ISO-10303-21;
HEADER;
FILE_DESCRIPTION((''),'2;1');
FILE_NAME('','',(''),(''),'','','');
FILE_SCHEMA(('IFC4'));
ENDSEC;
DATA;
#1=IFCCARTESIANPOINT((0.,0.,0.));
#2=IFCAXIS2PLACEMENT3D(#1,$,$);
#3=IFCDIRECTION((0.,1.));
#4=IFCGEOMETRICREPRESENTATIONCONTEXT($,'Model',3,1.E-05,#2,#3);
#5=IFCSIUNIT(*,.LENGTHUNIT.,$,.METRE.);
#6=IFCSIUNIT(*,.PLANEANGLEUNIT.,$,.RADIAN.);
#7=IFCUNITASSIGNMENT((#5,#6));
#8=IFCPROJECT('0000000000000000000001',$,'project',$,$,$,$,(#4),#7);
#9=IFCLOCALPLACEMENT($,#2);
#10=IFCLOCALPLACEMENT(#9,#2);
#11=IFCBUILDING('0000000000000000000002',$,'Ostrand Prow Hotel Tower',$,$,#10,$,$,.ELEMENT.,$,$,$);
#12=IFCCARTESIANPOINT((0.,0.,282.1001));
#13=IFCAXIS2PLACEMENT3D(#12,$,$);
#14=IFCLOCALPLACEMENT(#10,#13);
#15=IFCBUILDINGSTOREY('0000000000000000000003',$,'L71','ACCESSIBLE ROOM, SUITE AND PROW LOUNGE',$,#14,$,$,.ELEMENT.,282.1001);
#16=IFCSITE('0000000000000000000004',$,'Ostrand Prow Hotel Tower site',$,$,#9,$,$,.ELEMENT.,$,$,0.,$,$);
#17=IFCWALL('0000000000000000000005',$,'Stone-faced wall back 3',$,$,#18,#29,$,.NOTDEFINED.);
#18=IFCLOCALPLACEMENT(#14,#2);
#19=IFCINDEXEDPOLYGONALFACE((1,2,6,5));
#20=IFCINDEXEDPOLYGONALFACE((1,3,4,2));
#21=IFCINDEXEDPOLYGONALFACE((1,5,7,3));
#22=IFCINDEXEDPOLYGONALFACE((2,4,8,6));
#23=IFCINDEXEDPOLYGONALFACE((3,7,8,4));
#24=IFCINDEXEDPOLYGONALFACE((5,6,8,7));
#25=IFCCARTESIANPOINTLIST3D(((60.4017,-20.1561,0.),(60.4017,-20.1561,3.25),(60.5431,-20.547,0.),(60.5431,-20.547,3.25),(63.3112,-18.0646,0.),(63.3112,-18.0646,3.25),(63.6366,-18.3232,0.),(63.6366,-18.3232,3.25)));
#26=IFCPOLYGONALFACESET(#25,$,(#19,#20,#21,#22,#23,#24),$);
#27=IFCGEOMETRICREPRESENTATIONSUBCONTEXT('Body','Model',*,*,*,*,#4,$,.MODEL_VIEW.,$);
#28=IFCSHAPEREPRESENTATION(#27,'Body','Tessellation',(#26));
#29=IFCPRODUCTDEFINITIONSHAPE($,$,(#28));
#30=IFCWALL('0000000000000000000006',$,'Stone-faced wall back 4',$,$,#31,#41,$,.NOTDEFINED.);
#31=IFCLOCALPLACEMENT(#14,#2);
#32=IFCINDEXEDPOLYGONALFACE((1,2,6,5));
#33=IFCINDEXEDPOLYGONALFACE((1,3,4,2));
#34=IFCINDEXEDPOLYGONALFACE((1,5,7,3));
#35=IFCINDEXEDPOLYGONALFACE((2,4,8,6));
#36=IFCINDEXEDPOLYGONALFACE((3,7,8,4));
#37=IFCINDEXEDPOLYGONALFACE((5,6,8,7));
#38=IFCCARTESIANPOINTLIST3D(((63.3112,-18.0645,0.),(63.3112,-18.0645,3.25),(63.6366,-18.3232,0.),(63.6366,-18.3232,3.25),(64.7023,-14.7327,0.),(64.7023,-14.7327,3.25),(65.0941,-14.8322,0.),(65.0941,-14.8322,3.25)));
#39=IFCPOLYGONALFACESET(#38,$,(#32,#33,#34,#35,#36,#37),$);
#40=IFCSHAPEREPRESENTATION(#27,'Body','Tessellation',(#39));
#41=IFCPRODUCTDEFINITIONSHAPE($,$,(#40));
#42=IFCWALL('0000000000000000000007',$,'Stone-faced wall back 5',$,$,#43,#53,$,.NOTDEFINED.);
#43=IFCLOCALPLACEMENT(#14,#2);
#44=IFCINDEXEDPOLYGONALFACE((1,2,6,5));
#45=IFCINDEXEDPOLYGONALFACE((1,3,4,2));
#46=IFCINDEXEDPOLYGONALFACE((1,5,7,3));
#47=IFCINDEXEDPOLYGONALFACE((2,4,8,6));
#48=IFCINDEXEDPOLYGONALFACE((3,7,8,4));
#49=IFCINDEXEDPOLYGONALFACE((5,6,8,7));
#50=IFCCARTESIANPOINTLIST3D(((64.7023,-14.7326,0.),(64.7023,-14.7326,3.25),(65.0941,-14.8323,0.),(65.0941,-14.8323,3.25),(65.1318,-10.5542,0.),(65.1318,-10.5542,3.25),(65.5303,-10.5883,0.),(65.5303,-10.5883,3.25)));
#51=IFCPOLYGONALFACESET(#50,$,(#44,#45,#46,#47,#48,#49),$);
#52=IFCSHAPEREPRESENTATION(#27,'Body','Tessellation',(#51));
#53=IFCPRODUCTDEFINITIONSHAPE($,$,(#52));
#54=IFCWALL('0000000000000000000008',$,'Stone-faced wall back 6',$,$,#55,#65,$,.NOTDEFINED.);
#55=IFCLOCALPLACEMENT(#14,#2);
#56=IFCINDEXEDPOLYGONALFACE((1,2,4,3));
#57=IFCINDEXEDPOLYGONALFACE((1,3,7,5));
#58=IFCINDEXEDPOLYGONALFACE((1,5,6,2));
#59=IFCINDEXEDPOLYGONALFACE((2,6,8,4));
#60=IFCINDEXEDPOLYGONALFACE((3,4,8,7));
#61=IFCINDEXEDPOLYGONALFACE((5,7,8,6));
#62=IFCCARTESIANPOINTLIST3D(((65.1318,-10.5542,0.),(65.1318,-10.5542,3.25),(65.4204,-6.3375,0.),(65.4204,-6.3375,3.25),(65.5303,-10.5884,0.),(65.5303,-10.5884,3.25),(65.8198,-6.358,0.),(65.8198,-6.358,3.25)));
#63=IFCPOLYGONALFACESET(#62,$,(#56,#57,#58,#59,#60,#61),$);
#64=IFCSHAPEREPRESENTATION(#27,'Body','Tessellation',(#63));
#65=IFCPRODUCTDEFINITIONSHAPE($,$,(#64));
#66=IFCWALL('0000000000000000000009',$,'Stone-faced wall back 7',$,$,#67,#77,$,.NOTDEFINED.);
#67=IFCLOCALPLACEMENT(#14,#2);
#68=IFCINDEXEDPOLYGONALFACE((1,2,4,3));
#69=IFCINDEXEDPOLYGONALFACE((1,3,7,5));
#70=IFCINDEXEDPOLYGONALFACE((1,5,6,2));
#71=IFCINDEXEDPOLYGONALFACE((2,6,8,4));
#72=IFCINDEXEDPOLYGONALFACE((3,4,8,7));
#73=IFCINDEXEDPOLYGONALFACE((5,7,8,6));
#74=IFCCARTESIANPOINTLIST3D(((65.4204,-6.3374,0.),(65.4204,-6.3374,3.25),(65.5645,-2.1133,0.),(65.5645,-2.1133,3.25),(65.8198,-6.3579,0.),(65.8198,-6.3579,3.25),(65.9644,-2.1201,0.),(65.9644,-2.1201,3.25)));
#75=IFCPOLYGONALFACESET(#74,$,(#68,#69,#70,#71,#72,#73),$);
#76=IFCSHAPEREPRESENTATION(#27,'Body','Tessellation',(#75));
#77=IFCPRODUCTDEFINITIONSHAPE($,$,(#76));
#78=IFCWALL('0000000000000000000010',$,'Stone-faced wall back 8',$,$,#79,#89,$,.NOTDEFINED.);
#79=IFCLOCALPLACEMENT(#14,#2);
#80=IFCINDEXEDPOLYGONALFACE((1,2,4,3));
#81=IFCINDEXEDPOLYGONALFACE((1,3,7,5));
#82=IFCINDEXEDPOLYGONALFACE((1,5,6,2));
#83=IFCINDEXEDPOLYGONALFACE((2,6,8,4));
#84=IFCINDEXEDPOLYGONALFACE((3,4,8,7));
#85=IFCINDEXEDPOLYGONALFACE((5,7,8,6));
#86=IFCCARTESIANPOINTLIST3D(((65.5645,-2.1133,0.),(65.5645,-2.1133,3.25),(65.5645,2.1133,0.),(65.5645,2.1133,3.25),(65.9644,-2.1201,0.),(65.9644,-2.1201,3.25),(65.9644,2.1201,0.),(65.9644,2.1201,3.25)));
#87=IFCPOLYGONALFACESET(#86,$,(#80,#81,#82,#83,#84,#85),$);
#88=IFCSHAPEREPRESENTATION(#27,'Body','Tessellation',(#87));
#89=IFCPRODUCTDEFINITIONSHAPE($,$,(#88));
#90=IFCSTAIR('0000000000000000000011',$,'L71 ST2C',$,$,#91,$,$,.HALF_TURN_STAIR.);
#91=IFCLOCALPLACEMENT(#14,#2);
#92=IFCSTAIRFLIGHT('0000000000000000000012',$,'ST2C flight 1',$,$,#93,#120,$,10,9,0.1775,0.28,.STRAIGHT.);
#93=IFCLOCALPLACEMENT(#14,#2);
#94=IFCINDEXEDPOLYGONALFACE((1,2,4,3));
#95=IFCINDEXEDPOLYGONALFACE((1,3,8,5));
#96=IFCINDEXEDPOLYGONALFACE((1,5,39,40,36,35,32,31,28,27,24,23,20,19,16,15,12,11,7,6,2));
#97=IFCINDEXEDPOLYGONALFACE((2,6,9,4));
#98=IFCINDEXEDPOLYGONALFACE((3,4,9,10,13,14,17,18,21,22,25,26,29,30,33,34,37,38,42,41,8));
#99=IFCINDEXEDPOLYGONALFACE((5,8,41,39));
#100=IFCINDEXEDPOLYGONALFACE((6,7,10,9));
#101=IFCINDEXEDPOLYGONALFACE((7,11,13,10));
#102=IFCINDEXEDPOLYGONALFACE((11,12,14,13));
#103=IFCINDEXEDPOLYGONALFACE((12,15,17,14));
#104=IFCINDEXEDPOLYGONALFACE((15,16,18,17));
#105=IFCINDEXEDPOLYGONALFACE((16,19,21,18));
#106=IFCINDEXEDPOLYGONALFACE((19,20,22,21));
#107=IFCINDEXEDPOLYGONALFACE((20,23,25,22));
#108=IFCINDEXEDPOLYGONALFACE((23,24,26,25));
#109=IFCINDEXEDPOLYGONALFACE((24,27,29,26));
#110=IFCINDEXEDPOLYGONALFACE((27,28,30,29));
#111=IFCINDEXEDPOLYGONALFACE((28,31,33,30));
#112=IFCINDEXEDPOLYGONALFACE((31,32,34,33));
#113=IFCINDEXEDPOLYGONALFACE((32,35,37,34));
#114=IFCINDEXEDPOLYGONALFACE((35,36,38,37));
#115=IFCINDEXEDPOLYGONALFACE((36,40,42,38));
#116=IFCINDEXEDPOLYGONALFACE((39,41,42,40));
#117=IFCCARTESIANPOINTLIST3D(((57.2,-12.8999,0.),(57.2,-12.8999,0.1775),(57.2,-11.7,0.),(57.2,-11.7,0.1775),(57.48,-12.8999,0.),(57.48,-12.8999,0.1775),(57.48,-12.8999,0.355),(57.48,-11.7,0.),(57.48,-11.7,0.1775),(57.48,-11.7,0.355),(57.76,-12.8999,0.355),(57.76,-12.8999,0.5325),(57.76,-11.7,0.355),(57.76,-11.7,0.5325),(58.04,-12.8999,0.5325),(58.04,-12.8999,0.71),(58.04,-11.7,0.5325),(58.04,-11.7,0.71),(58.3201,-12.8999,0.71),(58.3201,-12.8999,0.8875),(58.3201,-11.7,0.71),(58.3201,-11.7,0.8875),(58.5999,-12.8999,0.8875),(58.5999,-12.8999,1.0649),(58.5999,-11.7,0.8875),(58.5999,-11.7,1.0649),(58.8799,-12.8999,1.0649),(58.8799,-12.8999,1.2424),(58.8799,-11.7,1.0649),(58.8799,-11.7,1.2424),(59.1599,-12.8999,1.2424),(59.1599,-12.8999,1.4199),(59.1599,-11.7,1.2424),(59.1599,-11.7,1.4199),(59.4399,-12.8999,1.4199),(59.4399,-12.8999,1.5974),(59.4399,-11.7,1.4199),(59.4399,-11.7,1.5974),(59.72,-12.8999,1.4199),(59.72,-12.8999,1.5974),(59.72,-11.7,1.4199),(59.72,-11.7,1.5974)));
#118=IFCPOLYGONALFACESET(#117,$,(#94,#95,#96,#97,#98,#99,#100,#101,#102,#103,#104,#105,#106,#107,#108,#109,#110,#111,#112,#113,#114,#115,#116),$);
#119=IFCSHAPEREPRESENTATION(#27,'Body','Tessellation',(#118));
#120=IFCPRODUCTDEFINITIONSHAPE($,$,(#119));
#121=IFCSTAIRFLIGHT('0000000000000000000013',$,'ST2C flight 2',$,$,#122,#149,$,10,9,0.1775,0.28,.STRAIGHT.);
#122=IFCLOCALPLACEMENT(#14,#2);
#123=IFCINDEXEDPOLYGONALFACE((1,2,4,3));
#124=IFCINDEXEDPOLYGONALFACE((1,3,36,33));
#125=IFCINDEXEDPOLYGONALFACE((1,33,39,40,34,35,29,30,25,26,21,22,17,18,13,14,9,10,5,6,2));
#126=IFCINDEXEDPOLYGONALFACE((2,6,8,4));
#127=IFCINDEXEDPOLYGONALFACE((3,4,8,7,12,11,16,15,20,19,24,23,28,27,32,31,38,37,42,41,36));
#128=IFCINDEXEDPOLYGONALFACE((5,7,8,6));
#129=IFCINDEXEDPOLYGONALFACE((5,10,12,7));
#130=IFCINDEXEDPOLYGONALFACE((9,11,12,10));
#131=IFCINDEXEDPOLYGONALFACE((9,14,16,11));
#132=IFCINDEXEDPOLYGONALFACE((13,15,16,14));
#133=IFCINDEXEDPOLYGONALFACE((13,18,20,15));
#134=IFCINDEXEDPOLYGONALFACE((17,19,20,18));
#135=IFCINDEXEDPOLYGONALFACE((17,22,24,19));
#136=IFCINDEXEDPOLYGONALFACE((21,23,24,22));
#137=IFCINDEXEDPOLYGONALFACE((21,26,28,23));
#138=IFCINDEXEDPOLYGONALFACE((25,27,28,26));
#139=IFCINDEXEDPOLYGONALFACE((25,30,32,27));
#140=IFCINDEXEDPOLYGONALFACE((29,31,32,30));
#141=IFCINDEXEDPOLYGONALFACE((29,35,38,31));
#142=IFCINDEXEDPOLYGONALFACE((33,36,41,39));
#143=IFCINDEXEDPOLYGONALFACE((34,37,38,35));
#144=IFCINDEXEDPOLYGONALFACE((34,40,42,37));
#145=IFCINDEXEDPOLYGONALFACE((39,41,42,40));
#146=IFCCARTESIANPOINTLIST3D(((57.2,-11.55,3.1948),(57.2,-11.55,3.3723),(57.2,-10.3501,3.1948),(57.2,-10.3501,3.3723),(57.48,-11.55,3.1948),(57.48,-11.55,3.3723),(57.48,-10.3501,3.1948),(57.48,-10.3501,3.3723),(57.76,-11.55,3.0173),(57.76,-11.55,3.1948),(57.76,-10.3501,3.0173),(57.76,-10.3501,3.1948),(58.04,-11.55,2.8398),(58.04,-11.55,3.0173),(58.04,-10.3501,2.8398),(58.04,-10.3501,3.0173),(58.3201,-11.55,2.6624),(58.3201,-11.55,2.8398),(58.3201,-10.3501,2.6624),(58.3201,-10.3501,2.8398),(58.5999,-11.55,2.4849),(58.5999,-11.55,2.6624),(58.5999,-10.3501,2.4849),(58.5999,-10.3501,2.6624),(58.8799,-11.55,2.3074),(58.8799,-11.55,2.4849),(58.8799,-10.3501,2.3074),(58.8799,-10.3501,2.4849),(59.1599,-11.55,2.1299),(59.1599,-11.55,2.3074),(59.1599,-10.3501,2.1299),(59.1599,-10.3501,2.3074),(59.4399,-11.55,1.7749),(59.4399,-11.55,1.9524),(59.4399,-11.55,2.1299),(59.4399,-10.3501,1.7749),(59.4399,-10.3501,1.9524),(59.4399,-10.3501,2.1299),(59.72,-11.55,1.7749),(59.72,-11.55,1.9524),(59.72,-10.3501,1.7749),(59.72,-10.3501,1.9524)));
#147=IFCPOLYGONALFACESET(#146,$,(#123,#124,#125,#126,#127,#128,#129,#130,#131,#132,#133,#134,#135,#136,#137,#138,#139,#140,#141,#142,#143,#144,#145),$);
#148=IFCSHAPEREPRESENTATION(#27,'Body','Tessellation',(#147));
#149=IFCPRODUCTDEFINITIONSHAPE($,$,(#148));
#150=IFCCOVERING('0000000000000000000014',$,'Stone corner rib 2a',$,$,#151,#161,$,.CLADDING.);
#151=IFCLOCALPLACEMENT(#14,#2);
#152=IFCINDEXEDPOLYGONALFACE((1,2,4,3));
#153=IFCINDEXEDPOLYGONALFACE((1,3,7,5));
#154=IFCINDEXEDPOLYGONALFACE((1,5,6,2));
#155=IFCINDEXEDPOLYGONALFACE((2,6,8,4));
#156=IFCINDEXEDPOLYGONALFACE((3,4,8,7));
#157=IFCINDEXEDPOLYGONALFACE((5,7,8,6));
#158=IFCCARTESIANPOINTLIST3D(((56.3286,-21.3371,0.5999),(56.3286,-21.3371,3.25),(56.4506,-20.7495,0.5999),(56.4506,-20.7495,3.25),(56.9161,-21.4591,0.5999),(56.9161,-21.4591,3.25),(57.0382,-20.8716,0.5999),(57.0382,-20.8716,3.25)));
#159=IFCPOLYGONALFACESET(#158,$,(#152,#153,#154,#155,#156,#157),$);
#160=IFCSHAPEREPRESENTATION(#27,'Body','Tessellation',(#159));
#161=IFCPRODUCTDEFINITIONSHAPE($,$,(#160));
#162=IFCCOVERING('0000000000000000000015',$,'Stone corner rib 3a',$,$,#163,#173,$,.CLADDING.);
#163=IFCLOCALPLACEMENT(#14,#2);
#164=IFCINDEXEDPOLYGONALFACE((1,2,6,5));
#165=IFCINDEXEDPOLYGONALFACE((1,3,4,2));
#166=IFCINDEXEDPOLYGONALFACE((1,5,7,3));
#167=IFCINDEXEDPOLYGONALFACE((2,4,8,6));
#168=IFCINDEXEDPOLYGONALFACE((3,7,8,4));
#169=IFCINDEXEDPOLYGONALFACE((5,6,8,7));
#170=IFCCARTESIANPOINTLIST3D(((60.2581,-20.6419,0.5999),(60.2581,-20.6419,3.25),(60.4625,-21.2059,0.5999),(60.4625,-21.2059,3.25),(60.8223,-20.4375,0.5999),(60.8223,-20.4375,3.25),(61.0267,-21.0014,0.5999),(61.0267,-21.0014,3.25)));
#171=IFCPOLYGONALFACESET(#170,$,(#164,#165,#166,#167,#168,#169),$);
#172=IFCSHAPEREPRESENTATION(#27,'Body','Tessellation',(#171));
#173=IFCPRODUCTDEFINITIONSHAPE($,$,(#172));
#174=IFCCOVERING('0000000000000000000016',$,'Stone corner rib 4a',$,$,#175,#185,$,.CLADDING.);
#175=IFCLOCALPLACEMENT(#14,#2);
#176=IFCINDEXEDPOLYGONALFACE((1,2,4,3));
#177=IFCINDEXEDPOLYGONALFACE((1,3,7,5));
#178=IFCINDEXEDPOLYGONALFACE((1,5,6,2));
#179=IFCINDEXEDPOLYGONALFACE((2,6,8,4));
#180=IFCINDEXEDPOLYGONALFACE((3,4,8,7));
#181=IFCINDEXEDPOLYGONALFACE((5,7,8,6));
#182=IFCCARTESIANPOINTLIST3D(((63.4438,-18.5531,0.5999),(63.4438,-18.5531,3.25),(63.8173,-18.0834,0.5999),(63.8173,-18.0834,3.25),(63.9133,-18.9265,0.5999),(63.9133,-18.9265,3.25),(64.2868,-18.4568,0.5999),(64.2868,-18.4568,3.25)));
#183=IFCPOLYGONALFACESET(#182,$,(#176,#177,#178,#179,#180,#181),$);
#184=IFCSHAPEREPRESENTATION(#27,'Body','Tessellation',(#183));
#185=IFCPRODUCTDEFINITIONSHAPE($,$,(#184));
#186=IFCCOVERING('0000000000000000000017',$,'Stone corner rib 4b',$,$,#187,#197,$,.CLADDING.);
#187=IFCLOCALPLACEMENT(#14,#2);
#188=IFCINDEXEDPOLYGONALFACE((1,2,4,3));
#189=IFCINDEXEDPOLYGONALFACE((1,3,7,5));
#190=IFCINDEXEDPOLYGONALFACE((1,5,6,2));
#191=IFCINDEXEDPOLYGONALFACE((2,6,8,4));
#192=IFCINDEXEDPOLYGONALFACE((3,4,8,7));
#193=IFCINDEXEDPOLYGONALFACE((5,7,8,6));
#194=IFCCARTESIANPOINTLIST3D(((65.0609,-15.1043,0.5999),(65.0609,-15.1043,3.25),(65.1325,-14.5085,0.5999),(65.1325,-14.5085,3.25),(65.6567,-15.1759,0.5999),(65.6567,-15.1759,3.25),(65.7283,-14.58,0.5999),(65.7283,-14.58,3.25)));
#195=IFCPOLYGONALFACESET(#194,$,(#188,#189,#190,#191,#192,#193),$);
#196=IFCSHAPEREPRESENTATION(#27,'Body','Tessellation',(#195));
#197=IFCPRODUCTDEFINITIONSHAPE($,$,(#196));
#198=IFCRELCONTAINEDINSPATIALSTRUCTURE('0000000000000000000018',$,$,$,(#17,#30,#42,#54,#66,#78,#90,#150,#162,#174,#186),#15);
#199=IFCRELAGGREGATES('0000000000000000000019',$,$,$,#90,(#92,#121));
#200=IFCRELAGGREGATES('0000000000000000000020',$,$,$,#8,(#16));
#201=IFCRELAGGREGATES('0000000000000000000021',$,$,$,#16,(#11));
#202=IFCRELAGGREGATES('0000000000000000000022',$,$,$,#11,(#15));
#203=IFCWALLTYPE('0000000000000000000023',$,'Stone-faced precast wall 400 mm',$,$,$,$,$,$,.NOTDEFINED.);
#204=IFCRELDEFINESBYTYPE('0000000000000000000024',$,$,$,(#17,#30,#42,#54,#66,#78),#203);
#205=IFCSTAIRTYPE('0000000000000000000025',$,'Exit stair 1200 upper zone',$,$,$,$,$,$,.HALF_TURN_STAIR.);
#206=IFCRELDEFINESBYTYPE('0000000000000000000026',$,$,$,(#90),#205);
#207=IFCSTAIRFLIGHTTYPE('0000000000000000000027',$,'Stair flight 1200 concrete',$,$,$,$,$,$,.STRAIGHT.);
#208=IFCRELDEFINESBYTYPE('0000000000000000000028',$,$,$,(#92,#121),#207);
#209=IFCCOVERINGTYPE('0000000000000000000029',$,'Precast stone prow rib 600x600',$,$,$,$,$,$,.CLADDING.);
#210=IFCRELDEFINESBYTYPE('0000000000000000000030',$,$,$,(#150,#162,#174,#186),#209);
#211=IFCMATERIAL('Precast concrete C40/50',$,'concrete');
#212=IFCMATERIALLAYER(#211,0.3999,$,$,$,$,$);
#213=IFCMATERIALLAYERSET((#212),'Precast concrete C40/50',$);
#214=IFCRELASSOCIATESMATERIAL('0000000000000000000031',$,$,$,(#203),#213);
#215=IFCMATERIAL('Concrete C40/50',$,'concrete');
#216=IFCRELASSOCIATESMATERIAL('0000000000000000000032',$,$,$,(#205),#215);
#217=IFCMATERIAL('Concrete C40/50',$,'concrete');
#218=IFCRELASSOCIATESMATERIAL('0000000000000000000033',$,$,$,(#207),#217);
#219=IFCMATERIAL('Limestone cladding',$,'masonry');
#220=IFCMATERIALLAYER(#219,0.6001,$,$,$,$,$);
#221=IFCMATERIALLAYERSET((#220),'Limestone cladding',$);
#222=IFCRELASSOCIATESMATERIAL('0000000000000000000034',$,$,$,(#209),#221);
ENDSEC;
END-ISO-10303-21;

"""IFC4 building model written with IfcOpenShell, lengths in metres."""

from ifc_helpers import new_model, si_unit, direction, frame, frame_2d, origin, place, context, subcontext, project, spatial, polyline, rectangle, outline, extrude, material, layer, layer_set, type_object, element, aggregate, save


model = new_model("IFC4")

# Units and contexts
model_context = context("Model", 3, precision=1e-05, world=origin(), true_north=direction((0.0, 1.0)))
body_context = subcontext(model_context, "Body", "Model", "MODEL_VIEW")
ifc_project = project(units=[si_unit("LENGTHUNIT", "METRE"), si_unit("PLANEANGLEUNIT", "RADIAN")], contexts=[model_context])

# Site, building, storey
site_placement = place(None, origin())
site = spatial("IfcSite", under=ifc_project, at=site_placement, Name="Ostrand Prow Hotel Tower site", CompositionType="ELEMENT", RefElevation=0.0)
building_placement = place(site_placement, origin())
building = spatial("IfcBuilding", under=site, at=building_placement, Name="Ostrand Prow Hotel Tower", CompositionType="ELEMENT")
storey_placement = place(building_placement, frame((0.0, 0.0, 282.1001)))
storey = spatial("IfcBuildingStorey", under=building, at=storey_placement, Name="L71", Description="ACCESSIBLE ROOM, SUITE AND PROW LOUNGE", CompositionType="ELEMENT", Elevation=282.1001)

# Walls
ifc_material_1 = material(Name="Precast concrete C40/50", Category="concrete")
ifc_layer_1 = layer(ifc_material_1, 0.3999)
ifc_layer_set_1 = layer_set([ifc_layer_1], Name="Precast concrete C40/50")
wall_type_1 = type_object("IfcWallType", Name="Stone-faced precast wall 400 mm", PredefinedType="NOTDEFINED", material=ifc_layer_set_1)
wall_1_placement = place(storey_placement, frame((60.4724, -20.3516, 0.0), z_axis=(0.0, 0.0, 1.0), x_axis=(0.811963, 0.58371, 0.0)))
element("IfcWall", 1, at=wall_1_placement, inside=storey, type_object=wall_type_1, Name="Stone-faced wall back 3", PredefinedType="NOTDEFINED", context=body_context, shape_type="SweptSolid", body=[
    extrude(outline(polyline([(-0.0566, -0.2), (3.7532, -0.2), (3.6399, 0.2), (0.0566, 0.2), (-0.0566, -0.2)])), origin(), (0.0, 0.0, 1.0), 3.25),
])
wall_2_placement = place(storey_placement, frame((63.4739, -18.1938, 0.0), z_axis=(0.0, 0.0, 1.0), x_axis=(0.385286, 0.922797, 0.0)))
element("IfcWall", 2, at=wall_2_placement, inside=storey, type_object=wall_type_1, Name="Stone-faced wall back 4", PredefinedType="NOTDEFINED", context=body_context, shape_type="SweptSolid", body=[
    extrude(outline(polyline([(-0.0566, -0.2), (3.7263, -0.2), (3.6672, 0.2), (0.0566, 0.2), (-0.0566, -0.2)])), origin(), (0.0, 0.0, 1.0), 3.25),
])
wall_3_placement = place(storey_placement, frame((64.8982, -14.7825, 0.0), z_axis=(0.0, 0.0, 1.0), x_axis=(0.10225, 0.994759, 0.0)))
element("IfcWall", 3, at=wall_3_placement, inside=storey, type_object=wall_type_1, Name="Stone-faced wall back 5", PredefinedType="NOTDEFINED", context=body_context, shape_type="SweptSolid", body=[
    extrude(outline(polyline([(-0.0295, -0.2), (4.2368, -0.2), (4.23, 0.2), (0.0295, 0.2), (-0.0295, -0.2)])), origin(), (0.0, 0.0, 1.0), 3.25),
])
for number, where, z_axis, x_axis, name in (
    (4, (65.3311, -10.5713, 0.0), (0.0, 0.0, 1.0), (0.06828, 0.997666, 0.0), "Stone-faced wall back 6"),
    (5, (65.6201, -6.3477, 0.0), (0.0, 0.0, 1.0), (0.034083, 0.999419, 0.0), "Stone-faced wall back 7"),
    (6, (65.7644, -2.1167, 0.0), (0.0, 0.0, 1.0), (0.0, 1.0, 0.0), "Stone-faced wall back 8"),
):
    element("IfcWall", number, at=place(storey_placement, frame(where, z_axis=z_axis, x_axis=x_axis)), inside=storey, type_object=wall_type_1, Name=name, PredefinedType="NOTDEFINED", context=body_context, shape_type="SweptSolid", body=[
        extrude(outline(polyline([(-0.0034, -0.2), (4.2368, -0.2), (4.23, 0.2), (0.0034, 0.2), (-0.0034, -0.2)])), origin(), (0.0, 0.0, 1.0), 3.25),
    ])

# Stair, stair flights
ifc_material_2 = material(Name="Concrete C40/50", Category="concrete")
stair_type = type_object("IfcStairType", Name="Exit stair 1200 upper zone", PredefinedType="HALF_TURN_STAIR", material=ifc_material_2)
stair_placement = place(storey_placement, origin())
stair = element("IfcStair", 7, at=stair_placement, inside=storey, type_object=stair_type, Name="L71 ST2C", PredefinedType="HALF_TURN_STAIR")
ifc_material_3 = material(Name="Concrete C40/50", Category="concrete")
stair_flight_type = type_object("IfcStairFlightType", Name="Stair flight 1200 concrete", PredefinedType="STRAIGHT", material=ifc_material_3)
stair_flight_1_placement = place(storey_placement, frame((57.2, -12.3, 0.0), z_axis=(0.0, 0.0, 1.0), x_axis=(1.0, 0.0, 0.0)))
stair_flight_1 = element("IfcStairFlight", 8, at=stair_flight_1_placement, type_object=stair_flight_type, Name="ST2C flight 1", NumberOfRisers=10, NumberOfTreads=9, PredefinedType="STRAIGHT", RiserHeight=0.1775, TreadLength=0.28, context=body_context, shape_type="SweptSolid", body=[
    extrude(outline(polyline([(0.0, 0.0), (0.0, 0.1775), (0.28, 0.1775), (0.28, 0.355), (0.5601, 0.355), (0.5601, 0.5325), (0.8401, 0.5325), (0.8401, 0.71), (1.1201, 0.71), (1.1201, 0.8875), (1.3999, 0.8875), (1.3999, 1.0649), (1.6799, 1.0649), (1.6799, 1.2424), (1.96, 1.2424), (1.96, 1.4199), (2.24, 1.4199), (2.24, 1.5974), (2.52, 1.5974), (2.52, 1.7749), (2.52, 1.4199), (0.28, 0.0), (0.0, 0.0)])), frame((0.0, 0.6001, 0.0), z_axis=(0.0, -1.0, 0.0), x_axis=(1.0, 0.0, 0.0)), (0.0, 0.0, 1.0), 1.2),
])
stair_flight_2_placement = place(storey_placement, frame((59.72, -10.95, 1.7749), z_axis=(0.0, 0.0, 1.0), x_axis=(-1.0, 0.0, 0.0)))
stair_flight_2 = element("IfcStairFlight", 9, at=stair_flight_2_placement, type_object=stair_flight_type, Name="ST2C flight 2", NumberOfRisers=10, NumberOfTreads=9, PredefinedType="STRAIGHT", RiserHeight=0.1775, TreadLength=0.28, context=body_context, shape_type="SweptSolid", body=[
    extrude(outline(polyline([(0.0, 0.0), (0.0, 0.1775), (0.28, 0.1775), (0.28, 0.355), (0.5601, 0.355), (0.5601, 0.5325), (0.8401, 0.5325), (0.8401, 0.71), (1.1201, 0.71), (1.1201, 0.8875), (1.3999, 0.8875), (1.3999, 1.0649), (1.6799, 1.0649), (1.6799, 1.2424), (1.96, 1.2424), (1.96, 1.4199), (2.24, 1.4199), (2.24, 1.5974), (2.52, 1.5974), (2.52, 1.7749), (2.52, 1.4199), (0.28, 0.0), (0.0, 0.0)])), frame((0.0, 0.6001, 0.0), z_axis=(0.0, -1.0, 0.0), x_axis=(1.0, 0.0, 0.0)), (0.0, 0.0, 1.0), 1.2),
])
aggregate(stair, [stair_flight_1, stair_flight_2])

# Coverings
ifc_material_4 = material(Name="Limestone cladding", Category="masonry")
ifc_layer_2 = layer(ifc_material_4, 0.6001)
ifc_layer_set_2 = layer_set([ifc_layer_2], Name="Limestone cladding")
covering_type = type_object("IfcCoveringType", Name="Precast stone prow rib 600x600", PredefinedType="CLADDING", material=ifc_layer_set_2)
covering_1_placement = place(storey_placement, frame((56.7444, -20.8105, 0.5999), z_axis=(0.0, 0.0, 1.0), x_axis=(-0.203386, -0.979099, 0.0)))
element("IfcCovering", 10, at=covering_1_placement, inside=storey, type_object=covering_type, Name="Stone corner rib 2a", PredefinedType="CLADDING", context=body_context, shape_type="SweptSolid", body=[
    extrude(rectangle(XDim=0.6001, YDim=0.6001, at=frame_2d((0.3, 0.0))), origin(), (0.0, 0.0, 1.0), 2.6501),
])
for number, where, z_axis, x_axis, name in (
    (11, (60.5403, -20.5398, 0.5999), (0.0, 0.0, 1.0), (0.340664, -0.940185, 0.0), "Stone corner rib 3a"),
    (12, (63.6306, -18.3184, 0.5999), (0.0, 0.0, 1.0), (0.782732, -0.622359, 0.0), "Stone corner rib 4a"),
):
    element("IfcCovering", number, at=place(storey_placement, frame(where, z_axis=z_axis, x_axis=x_axis)), inside=storey, type_object=covering_type, Name=name, PredefinedType="CLADDING", context=body_context, shape_type="SweptSolid", body=[
        extrude(rectangle(XDim=0.5999, YDim=0.6001, at=frame_2d((0.2998, 0.0))), origin(), (0.0, 0.0, 1.0), 2.6501),
    ])
covering_2_placement = place(storey_placement, frame((65.0967, -14.8064, 0.5999), z_axis=(0.0, 0.0, 1.0), x_axis=(0.992867, -0.119225, 0.0)))
element("IfcCovering", 13, at=covering_2_placement, inside=storey, type_object=covering_type, Name="Stone corner rib 4b", PredefinedType="CLADDING", context=body_context, shape_type="SweptSolid", body=[
    extrude(rectangle(XDim=0.6001, YDim=0.6001, at=frame_2d((0.3, 0.0))), origin(), (0.0, 0.0, 1.0), 2.6501),
])

save(model, "model.ifc")
